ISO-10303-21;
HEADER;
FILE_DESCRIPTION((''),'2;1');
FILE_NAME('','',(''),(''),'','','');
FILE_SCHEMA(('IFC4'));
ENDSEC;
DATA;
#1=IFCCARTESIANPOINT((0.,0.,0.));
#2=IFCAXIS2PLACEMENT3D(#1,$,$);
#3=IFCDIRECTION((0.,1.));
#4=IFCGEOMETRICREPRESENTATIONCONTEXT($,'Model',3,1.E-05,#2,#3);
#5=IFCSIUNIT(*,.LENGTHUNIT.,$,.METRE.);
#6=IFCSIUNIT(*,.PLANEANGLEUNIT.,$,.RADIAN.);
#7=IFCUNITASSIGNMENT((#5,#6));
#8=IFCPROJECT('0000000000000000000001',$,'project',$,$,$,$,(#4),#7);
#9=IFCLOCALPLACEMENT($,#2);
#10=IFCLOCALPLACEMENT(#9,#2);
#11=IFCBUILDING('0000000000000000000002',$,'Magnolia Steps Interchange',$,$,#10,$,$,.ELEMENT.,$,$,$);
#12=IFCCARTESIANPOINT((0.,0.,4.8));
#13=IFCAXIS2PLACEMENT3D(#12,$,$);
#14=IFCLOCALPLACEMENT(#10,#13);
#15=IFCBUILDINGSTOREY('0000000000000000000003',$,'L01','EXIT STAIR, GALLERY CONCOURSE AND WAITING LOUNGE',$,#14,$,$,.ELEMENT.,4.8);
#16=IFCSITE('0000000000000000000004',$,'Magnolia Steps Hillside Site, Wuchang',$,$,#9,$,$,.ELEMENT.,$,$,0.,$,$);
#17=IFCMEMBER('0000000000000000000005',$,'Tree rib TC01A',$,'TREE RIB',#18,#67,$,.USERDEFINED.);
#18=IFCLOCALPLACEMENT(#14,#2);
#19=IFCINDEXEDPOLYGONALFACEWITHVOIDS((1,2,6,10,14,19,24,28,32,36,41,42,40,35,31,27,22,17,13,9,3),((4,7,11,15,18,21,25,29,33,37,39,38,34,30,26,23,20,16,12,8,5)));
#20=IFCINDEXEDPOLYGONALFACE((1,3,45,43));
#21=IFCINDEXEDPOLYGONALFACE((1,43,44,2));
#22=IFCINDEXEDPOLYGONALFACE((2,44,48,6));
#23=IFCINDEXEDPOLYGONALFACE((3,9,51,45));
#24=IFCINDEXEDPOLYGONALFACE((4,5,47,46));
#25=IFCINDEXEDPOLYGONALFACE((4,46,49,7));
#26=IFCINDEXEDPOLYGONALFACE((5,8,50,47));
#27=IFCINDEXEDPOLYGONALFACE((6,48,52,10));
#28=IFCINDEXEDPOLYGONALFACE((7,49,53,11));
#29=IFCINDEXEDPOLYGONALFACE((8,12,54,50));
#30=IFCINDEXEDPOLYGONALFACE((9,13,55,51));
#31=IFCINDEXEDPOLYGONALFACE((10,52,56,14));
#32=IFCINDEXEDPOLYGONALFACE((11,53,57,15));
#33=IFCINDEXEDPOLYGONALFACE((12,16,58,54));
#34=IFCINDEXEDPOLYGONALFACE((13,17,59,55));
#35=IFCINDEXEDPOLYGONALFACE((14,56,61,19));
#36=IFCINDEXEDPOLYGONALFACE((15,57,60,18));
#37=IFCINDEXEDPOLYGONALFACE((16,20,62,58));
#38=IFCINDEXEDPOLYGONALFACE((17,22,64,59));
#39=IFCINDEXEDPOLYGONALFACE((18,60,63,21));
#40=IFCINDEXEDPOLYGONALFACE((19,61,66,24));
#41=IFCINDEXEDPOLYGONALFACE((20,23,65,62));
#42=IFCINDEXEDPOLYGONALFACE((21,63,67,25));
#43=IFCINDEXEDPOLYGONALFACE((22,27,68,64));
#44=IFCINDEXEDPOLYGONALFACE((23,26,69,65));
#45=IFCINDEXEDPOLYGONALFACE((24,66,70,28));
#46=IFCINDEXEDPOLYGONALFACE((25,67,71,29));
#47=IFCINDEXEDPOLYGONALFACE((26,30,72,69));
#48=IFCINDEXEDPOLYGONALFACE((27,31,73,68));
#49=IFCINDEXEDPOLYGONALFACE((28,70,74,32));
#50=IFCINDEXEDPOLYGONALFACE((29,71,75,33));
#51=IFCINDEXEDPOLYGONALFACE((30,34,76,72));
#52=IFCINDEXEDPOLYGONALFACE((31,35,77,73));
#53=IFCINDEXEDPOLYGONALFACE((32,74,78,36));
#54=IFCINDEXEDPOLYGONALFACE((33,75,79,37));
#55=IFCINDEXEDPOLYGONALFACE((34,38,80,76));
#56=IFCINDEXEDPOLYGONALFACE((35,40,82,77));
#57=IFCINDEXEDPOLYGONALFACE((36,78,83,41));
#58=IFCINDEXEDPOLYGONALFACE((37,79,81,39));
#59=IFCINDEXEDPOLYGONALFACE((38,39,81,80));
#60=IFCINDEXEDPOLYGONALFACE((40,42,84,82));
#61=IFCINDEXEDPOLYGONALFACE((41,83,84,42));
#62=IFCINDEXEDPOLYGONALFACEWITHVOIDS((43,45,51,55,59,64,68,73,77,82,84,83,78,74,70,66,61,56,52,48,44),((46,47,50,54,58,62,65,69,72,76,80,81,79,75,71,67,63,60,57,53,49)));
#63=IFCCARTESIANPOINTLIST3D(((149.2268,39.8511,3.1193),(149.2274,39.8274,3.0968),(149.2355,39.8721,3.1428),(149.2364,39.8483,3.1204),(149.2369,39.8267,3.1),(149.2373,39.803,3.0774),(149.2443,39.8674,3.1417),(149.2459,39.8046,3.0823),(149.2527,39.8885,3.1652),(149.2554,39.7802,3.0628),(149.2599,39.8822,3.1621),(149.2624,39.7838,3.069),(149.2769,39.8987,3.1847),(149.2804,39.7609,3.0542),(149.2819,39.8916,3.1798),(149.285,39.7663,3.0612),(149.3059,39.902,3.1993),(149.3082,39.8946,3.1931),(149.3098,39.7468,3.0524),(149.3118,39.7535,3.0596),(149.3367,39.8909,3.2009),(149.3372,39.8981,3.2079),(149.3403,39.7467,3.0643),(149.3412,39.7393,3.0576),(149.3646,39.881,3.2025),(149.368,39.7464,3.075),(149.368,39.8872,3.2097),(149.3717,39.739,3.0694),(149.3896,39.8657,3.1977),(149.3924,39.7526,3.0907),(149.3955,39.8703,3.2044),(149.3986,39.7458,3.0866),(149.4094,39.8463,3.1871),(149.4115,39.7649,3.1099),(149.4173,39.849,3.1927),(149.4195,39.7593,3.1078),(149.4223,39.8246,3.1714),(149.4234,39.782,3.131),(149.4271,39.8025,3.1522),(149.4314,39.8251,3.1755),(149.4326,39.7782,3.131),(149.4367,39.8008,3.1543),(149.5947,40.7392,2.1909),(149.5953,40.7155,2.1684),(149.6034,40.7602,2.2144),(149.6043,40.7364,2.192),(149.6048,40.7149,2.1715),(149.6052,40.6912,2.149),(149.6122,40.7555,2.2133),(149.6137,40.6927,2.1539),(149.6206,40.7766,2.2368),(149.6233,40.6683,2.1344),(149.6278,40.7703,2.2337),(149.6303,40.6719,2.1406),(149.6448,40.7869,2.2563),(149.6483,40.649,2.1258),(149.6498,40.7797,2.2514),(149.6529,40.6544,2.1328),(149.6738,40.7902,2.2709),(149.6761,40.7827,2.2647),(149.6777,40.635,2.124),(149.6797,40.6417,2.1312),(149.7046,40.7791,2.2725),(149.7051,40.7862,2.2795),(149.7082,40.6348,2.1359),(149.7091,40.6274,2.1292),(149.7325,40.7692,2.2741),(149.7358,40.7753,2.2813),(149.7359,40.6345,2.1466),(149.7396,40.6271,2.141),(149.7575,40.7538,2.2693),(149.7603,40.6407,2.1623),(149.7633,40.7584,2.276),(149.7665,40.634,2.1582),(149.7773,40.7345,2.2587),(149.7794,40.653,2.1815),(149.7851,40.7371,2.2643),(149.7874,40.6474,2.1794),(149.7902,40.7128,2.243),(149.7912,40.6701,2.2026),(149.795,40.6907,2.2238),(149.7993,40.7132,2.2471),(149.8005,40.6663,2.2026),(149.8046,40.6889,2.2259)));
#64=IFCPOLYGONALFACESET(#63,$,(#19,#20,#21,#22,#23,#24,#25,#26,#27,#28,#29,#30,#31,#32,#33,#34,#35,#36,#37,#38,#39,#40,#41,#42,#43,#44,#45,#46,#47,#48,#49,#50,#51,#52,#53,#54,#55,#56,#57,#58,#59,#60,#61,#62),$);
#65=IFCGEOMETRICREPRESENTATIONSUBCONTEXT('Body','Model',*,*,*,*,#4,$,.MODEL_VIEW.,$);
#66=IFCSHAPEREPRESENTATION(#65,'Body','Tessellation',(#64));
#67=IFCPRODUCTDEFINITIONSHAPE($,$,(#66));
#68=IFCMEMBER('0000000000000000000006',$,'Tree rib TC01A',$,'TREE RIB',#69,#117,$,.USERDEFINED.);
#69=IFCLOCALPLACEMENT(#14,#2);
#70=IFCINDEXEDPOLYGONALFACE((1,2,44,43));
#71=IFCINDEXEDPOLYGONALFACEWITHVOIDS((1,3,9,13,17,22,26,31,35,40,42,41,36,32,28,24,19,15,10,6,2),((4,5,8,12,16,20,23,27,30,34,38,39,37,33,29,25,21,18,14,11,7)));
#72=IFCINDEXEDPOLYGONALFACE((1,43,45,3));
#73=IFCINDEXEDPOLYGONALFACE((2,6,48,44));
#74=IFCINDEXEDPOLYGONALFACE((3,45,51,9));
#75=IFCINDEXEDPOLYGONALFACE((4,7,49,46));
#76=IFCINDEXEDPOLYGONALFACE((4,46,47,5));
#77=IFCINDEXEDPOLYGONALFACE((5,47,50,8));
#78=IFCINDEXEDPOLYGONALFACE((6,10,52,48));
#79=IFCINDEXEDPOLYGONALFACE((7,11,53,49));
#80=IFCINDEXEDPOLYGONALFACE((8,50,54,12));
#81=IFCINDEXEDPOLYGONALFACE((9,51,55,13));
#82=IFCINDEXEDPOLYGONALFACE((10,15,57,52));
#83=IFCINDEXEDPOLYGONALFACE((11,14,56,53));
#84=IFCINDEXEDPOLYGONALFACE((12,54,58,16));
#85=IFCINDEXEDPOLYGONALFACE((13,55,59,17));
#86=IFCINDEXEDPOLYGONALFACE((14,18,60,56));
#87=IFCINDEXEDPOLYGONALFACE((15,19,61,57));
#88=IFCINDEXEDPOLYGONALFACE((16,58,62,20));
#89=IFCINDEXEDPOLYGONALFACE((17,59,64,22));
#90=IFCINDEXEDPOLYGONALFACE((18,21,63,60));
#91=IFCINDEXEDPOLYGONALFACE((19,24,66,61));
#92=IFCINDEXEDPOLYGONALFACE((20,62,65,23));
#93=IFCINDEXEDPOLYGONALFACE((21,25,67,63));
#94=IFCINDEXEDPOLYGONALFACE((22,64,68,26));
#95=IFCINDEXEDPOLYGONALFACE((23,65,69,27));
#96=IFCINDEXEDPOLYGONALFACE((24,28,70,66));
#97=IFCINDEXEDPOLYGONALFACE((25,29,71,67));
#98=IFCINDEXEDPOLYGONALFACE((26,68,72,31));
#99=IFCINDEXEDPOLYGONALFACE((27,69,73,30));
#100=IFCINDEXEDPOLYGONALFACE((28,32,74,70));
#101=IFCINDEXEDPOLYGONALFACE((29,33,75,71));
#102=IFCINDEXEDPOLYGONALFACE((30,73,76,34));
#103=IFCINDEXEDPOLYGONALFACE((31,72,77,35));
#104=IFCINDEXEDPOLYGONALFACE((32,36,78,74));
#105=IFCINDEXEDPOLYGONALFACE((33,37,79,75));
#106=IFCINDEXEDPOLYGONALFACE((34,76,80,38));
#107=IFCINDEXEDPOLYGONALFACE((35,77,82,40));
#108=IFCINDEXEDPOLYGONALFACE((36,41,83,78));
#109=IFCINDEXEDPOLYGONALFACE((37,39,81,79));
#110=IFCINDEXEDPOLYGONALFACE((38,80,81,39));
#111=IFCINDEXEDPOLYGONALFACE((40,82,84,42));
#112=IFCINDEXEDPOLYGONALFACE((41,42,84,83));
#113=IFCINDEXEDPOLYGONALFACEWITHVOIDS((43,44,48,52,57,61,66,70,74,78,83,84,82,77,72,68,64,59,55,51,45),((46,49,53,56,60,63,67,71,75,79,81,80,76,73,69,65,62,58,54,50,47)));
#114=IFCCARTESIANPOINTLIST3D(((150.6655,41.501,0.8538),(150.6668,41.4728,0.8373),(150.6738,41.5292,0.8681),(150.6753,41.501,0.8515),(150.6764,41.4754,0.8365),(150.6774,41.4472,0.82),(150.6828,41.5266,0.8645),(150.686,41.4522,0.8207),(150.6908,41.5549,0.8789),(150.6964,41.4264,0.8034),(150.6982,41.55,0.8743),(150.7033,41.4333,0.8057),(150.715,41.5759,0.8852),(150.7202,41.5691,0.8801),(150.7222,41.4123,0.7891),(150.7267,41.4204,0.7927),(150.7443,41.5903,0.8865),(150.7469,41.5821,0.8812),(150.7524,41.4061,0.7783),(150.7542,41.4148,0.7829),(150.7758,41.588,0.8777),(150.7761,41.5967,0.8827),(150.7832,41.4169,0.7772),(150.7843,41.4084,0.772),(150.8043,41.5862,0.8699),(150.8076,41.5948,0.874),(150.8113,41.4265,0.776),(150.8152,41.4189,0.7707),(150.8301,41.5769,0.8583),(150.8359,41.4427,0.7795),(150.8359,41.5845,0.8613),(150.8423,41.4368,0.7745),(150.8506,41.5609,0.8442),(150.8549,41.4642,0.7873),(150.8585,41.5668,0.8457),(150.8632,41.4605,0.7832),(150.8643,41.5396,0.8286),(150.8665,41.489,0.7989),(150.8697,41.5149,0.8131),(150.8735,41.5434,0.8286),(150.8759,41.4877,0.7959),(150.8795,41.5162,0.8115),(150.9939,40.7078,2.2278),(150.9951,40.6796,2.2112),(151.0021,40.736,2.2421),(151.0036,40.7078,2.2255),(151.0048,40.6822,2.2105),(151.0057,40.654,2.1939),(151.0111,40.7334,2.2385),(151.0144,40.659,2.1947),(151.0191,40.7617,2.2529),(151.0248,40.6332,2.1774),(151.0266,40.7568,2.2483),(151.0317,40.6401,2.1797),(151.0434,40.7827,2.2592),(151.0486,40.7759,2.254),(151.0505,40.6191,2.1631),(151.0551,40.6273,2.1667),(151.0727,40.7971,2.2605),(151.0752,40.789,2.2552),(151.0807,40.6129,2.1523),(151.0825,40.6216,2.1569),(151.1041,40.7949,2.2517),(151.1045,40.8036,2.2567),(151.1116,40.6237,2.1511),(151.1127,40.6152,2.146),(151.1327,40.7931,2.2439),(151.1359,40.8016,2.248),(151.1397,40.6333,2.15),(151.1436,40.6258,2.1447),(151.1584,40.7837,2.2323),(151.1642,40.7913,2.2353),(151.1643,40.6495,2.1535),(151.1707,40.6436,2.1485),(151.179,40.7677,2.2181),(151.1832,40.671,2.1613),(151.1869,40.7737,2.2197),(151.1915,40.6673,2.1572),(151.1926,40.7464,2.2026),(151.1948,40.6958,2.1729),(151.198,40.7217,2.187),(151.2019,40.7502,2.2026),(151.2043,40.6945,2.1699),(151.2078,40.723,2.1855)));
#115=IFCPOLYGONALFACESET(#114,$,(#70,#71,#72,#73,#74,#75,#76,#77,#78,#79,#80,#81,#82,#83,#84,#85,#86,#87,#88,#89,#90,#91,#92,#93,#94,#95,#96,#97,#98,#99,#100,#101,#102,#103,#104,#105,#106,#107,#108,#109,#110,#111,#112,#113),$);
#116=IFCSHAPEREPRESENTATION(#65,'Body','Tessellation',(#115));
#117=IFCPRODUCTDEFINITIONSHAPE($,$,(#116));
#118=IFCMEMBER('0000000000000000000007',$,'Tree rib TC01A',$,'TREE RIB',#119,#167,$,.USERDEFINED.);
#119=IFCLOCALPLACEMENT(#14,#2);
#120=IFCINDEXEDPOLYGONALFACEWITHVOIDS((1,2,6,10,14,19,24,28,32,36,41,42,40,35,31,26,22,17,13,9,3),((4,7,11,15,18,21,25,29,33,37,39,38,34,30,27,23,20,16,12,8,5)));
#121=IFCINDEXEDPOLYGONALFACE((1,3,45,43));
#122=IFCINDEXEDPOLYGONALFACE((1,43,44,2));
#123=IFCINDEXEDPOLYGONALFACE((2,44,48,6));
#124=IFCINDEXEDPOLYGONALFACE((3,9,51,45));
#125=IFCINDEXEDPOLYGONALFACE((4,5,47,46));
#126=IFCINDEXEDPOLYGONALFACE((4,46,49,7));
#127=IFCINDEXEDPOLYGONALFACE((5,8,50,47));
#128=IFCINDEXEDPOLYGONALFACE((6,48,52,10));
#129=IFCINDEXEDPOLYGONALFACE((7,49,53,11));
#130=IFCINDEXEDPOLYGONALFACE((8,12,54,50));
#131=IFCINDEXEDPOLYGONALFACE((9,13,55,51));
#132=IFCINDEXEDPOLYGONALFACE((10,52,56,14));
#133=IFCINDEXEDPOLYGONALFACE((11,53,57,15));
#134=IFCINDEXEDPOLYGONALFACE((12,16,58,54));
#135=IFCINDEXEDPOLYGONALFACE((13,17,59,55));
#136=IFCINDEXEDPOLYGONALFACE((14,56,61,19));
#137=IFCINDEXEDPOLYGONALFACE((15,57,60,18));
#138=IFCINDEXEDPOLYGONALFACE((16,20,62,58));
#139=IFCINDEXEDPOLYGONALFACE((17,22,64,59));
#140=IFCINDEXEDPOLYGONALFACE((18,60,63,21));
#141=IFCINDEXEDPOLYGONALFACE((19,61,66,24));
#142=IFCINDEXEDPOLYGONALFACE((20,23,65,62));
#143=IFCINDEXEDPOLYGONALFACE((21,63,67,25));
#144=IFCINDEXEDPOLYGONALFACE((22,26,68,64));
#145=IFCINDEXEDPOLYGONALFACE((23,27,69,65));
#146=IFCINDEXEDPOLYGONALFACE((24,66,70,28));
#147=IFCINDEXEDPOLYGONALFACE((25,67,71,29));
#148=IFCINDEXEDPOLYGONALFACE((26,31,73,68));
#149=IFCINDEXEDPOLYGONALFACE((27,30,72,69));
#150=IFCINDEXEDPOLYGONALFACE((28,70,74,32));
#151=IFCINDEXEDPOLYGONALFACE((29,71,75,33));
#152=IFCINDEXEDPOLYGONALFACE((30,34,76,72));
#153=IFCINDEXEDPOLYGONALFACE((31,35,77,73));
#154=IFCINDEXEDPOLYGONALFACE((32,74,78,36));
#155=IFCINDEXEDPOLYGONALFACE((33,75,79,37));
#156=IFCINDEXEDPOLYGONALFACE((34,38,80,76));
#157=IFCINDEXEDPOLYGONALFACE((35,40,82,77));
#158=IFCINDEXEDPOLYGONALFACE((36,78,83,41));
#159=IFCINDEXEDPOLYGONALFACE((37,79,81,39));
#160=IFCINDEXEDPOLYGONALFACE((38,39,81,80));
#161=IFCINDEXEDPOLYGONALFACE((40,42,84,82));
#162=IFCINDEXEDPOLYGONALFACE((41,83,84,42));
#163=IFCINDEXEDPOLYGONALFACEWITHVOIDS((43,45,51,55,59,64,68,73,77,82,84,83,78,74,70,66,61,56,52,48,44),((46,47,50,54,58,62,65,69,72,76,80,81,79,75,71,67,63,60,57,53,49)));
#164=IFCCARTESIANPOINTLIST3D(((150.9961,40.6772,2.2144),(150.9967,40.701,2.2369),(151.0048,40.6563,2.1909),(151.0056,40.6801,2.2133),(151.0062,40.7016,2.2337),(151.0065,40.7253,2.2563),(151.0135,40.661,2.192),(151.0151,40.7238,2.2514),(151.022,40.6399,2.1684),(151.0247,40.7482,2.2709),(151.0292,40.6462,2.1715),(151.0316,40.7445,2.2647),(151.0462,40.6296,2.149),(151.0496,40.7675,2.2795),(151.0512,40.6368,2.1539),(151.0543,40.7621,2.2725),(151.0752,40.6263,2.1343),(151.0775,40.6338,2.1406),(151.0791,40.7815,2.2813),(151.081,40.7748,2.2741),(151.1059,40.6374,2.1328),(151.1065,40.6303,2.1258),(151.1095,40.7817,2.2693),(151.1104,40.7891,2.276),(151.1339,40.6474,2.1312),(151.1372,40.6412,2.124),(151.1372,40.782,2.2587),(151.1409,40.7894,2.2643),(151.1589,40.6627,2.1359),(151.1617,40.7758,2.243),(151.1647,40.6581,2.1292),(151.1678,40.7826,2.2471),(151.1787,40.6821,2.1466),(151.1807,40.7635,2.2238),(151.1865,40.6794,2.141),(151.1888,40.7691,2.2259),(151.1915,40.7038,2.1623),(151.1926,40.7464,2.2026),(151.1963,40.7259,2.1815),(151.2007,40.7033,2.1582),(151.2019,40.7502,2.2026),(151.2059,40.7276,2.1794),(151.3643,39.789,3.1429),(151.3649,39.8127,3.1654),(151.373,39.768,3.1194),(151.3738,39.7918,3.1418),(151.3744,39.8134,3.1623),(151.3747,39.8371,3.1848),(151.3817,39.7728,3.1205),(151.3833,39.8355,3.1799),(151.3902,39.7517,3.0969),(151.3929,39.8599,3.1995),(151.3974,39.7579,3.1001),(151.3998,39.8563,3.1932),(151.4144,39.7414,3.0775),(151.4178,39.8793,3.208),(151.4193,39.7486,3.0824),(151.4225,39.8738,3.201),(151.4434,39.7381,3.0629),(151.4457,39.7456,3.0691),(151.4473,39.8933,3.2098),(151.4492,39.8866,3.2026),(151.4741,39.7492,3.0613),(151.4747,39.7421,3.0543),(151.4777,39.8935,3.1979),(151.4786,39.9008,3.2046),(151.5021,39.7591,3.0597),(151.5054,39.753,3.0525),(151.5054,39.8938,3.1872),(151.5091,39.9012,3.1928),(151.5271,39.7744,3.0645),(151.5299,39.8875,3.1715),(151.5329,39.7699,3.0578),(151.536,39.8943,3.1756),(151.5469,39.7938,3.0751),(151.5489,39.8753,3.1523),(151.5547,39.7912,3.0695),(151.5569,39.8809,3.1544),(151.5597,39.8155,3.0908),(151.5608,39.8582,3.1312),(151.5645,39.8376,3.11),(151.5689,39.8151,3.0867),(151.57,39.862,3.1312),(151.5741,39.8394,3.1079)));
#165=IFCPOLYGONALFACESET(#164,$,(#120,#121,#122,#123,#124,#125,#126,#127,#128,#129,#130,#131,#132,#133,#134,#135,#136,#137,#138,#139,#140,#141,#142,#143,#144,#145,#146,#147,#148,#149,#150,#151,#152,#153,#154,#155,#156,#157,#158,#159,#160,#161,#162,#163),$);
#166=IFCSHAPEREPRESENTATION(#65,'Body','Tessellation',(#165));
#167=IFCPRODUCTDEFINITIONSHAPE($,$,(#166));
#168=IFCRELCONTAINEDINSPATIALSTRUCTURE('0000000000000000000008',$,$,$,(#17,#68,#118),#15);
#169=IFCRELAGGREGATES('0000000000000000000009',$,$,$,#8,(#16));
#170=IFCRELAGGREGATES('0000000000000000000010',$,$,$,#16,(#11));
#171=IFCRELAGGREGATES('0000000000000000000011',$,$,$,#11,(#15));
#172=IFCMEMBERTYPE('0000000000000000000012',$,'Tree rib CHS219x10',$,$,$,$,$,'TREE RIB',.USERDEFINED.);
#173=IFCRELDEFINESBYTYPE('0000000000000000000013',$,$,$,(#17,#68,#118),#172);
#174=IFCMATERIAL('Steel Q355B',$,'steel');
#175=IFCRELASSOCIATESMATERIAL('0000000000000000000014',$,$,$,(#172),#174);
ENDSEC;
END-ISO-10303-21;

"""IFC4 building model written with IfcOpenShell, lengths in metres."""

from ifc_helpers import new_model, si_unit, direction, frame, origin, origin_2d, place, context, subcontext, project, spatial, hollow_circle, extrude, material, material_profile, profile_set, type_object, element, save


model = new_model("IFC4")

# Units and contexts
model_context = context("Model", 3, precision=1e-05, world=origin(), true_north=direction((0.0, 1.0)))
body_context = subcontext(model_context, "Body", "Model", "MODEL_VIEW")
ifc_project = project(units=[si_unit("LENGTHUNIT", "METRE"), si_unit("PLANEANGLEUNIT", "RADIAN")], contexts=[model_context])

# Site, building, storey
site_placement = place(None, origin())
site = spatial("IfcSite", under=ifc_project, at=site_placement, Name="Magnolia Steps Hillside Site, Wuchang", CompositionType="ELEMENT", RefElevation=0.0)
building_placement = place(site_placement, origin())
building = spatial("IfcBuilding", under=site, at=building_placement, Name="Magnolia Steps Interchange", CompositionType="ELEMENT")
storey_placement = place(building_placement, frame((0.0, 0.0, 4.8)))
storey = spatial("IfcBuildingStorey", under=building, at=storey_placement, Name="L01", Description="EXIT STAIR, GALLERY CONCOURSE AND WAITING LOUNGE", CompositionType="ELEMENT", Elevation=4.8)

# Members
ifc_material_1 = material(Name="Steel Q355B", Category="steel")
ifc_material_profile_1 = material_profile(ifc_material_1, hollow_circle(Radius=0.1096, WallThickness=0.01, at=origin_2d()), Name="CHS219x10")
ifc_profile_set_1 = profile_set([ifc_material_profile_1], Name="Steel Q355B")
member_type = type_object("IfcMemberType", Name="Tree rib CHS219x10", ElementType="TREE RIB", PredefinedType="USERDEFINED", material=ifc_profile_set_1)
member_1_placement = place(storey_placement, frame((149.6992, 40.7083, 2.2026), z_axis=(-0.275282, -0.664549, 0.69469), x_axis=(0.923871, -0.382703, 0.0)))
element("IfcMember", 1, at=member_1_placement, inside=storey, type_object=member_type, Name="Tree rib TC01A", ObjectType="TREE RIB", PredefinedType="USERDEFINED", context=body_context, shape_type="SweptSolid", body=[
    extrude(hollow_circle(Radius=0.1096, WallThickness=0.01, at=origin_2d()), origin(), (0.0, 0.0, 1.0), 1.3364),
])
member_2_placement = place(storey_placement, frame((150.7722, 41.5015, 0.8286), z_axis=(0.202676, -0.489586, 0.848073), x_axis=(0.923958, 0.382494, 0.0)))
element("IfcMember", 2, at=member_2_placement, inside=storey, type_object=member_type, Name="Tree rib TC01A", ObjectType="TREE RIB", PredefinedType="USERDEFINED", context=body_context, shape_type="SweptSolid", body=[
    extrude(hollow_circle(Radius=0.1096, WallThickness=0.01, at=origin_2d()), origin(), (0.0, 0.0, 1.0), 1.6201),
])
member_3_placement = place(storey_placement, frame((151.1006, 40.7083, 2.2026), z_axis=(0.275451, -0.664516, 0.694655), x_axis=(0.923782, 0.38292, 0.0)))
element("IfcMember", 3, at=member_3_placement, inside=storey, type_object=member_type, Name="Tree rib TC01A", ObjectType="TREE RIB", PredefinedType="USERDEFINED", context=body_context, shape_type="SweptSolid", body=[
    extrude(hollow_circle(Radius=0.1096, WallThickness=0.01, at=origin_2d()), origin(), (0.0, 0.0, 1.0), 1.3367),
])

save(model, "model.ifc")
